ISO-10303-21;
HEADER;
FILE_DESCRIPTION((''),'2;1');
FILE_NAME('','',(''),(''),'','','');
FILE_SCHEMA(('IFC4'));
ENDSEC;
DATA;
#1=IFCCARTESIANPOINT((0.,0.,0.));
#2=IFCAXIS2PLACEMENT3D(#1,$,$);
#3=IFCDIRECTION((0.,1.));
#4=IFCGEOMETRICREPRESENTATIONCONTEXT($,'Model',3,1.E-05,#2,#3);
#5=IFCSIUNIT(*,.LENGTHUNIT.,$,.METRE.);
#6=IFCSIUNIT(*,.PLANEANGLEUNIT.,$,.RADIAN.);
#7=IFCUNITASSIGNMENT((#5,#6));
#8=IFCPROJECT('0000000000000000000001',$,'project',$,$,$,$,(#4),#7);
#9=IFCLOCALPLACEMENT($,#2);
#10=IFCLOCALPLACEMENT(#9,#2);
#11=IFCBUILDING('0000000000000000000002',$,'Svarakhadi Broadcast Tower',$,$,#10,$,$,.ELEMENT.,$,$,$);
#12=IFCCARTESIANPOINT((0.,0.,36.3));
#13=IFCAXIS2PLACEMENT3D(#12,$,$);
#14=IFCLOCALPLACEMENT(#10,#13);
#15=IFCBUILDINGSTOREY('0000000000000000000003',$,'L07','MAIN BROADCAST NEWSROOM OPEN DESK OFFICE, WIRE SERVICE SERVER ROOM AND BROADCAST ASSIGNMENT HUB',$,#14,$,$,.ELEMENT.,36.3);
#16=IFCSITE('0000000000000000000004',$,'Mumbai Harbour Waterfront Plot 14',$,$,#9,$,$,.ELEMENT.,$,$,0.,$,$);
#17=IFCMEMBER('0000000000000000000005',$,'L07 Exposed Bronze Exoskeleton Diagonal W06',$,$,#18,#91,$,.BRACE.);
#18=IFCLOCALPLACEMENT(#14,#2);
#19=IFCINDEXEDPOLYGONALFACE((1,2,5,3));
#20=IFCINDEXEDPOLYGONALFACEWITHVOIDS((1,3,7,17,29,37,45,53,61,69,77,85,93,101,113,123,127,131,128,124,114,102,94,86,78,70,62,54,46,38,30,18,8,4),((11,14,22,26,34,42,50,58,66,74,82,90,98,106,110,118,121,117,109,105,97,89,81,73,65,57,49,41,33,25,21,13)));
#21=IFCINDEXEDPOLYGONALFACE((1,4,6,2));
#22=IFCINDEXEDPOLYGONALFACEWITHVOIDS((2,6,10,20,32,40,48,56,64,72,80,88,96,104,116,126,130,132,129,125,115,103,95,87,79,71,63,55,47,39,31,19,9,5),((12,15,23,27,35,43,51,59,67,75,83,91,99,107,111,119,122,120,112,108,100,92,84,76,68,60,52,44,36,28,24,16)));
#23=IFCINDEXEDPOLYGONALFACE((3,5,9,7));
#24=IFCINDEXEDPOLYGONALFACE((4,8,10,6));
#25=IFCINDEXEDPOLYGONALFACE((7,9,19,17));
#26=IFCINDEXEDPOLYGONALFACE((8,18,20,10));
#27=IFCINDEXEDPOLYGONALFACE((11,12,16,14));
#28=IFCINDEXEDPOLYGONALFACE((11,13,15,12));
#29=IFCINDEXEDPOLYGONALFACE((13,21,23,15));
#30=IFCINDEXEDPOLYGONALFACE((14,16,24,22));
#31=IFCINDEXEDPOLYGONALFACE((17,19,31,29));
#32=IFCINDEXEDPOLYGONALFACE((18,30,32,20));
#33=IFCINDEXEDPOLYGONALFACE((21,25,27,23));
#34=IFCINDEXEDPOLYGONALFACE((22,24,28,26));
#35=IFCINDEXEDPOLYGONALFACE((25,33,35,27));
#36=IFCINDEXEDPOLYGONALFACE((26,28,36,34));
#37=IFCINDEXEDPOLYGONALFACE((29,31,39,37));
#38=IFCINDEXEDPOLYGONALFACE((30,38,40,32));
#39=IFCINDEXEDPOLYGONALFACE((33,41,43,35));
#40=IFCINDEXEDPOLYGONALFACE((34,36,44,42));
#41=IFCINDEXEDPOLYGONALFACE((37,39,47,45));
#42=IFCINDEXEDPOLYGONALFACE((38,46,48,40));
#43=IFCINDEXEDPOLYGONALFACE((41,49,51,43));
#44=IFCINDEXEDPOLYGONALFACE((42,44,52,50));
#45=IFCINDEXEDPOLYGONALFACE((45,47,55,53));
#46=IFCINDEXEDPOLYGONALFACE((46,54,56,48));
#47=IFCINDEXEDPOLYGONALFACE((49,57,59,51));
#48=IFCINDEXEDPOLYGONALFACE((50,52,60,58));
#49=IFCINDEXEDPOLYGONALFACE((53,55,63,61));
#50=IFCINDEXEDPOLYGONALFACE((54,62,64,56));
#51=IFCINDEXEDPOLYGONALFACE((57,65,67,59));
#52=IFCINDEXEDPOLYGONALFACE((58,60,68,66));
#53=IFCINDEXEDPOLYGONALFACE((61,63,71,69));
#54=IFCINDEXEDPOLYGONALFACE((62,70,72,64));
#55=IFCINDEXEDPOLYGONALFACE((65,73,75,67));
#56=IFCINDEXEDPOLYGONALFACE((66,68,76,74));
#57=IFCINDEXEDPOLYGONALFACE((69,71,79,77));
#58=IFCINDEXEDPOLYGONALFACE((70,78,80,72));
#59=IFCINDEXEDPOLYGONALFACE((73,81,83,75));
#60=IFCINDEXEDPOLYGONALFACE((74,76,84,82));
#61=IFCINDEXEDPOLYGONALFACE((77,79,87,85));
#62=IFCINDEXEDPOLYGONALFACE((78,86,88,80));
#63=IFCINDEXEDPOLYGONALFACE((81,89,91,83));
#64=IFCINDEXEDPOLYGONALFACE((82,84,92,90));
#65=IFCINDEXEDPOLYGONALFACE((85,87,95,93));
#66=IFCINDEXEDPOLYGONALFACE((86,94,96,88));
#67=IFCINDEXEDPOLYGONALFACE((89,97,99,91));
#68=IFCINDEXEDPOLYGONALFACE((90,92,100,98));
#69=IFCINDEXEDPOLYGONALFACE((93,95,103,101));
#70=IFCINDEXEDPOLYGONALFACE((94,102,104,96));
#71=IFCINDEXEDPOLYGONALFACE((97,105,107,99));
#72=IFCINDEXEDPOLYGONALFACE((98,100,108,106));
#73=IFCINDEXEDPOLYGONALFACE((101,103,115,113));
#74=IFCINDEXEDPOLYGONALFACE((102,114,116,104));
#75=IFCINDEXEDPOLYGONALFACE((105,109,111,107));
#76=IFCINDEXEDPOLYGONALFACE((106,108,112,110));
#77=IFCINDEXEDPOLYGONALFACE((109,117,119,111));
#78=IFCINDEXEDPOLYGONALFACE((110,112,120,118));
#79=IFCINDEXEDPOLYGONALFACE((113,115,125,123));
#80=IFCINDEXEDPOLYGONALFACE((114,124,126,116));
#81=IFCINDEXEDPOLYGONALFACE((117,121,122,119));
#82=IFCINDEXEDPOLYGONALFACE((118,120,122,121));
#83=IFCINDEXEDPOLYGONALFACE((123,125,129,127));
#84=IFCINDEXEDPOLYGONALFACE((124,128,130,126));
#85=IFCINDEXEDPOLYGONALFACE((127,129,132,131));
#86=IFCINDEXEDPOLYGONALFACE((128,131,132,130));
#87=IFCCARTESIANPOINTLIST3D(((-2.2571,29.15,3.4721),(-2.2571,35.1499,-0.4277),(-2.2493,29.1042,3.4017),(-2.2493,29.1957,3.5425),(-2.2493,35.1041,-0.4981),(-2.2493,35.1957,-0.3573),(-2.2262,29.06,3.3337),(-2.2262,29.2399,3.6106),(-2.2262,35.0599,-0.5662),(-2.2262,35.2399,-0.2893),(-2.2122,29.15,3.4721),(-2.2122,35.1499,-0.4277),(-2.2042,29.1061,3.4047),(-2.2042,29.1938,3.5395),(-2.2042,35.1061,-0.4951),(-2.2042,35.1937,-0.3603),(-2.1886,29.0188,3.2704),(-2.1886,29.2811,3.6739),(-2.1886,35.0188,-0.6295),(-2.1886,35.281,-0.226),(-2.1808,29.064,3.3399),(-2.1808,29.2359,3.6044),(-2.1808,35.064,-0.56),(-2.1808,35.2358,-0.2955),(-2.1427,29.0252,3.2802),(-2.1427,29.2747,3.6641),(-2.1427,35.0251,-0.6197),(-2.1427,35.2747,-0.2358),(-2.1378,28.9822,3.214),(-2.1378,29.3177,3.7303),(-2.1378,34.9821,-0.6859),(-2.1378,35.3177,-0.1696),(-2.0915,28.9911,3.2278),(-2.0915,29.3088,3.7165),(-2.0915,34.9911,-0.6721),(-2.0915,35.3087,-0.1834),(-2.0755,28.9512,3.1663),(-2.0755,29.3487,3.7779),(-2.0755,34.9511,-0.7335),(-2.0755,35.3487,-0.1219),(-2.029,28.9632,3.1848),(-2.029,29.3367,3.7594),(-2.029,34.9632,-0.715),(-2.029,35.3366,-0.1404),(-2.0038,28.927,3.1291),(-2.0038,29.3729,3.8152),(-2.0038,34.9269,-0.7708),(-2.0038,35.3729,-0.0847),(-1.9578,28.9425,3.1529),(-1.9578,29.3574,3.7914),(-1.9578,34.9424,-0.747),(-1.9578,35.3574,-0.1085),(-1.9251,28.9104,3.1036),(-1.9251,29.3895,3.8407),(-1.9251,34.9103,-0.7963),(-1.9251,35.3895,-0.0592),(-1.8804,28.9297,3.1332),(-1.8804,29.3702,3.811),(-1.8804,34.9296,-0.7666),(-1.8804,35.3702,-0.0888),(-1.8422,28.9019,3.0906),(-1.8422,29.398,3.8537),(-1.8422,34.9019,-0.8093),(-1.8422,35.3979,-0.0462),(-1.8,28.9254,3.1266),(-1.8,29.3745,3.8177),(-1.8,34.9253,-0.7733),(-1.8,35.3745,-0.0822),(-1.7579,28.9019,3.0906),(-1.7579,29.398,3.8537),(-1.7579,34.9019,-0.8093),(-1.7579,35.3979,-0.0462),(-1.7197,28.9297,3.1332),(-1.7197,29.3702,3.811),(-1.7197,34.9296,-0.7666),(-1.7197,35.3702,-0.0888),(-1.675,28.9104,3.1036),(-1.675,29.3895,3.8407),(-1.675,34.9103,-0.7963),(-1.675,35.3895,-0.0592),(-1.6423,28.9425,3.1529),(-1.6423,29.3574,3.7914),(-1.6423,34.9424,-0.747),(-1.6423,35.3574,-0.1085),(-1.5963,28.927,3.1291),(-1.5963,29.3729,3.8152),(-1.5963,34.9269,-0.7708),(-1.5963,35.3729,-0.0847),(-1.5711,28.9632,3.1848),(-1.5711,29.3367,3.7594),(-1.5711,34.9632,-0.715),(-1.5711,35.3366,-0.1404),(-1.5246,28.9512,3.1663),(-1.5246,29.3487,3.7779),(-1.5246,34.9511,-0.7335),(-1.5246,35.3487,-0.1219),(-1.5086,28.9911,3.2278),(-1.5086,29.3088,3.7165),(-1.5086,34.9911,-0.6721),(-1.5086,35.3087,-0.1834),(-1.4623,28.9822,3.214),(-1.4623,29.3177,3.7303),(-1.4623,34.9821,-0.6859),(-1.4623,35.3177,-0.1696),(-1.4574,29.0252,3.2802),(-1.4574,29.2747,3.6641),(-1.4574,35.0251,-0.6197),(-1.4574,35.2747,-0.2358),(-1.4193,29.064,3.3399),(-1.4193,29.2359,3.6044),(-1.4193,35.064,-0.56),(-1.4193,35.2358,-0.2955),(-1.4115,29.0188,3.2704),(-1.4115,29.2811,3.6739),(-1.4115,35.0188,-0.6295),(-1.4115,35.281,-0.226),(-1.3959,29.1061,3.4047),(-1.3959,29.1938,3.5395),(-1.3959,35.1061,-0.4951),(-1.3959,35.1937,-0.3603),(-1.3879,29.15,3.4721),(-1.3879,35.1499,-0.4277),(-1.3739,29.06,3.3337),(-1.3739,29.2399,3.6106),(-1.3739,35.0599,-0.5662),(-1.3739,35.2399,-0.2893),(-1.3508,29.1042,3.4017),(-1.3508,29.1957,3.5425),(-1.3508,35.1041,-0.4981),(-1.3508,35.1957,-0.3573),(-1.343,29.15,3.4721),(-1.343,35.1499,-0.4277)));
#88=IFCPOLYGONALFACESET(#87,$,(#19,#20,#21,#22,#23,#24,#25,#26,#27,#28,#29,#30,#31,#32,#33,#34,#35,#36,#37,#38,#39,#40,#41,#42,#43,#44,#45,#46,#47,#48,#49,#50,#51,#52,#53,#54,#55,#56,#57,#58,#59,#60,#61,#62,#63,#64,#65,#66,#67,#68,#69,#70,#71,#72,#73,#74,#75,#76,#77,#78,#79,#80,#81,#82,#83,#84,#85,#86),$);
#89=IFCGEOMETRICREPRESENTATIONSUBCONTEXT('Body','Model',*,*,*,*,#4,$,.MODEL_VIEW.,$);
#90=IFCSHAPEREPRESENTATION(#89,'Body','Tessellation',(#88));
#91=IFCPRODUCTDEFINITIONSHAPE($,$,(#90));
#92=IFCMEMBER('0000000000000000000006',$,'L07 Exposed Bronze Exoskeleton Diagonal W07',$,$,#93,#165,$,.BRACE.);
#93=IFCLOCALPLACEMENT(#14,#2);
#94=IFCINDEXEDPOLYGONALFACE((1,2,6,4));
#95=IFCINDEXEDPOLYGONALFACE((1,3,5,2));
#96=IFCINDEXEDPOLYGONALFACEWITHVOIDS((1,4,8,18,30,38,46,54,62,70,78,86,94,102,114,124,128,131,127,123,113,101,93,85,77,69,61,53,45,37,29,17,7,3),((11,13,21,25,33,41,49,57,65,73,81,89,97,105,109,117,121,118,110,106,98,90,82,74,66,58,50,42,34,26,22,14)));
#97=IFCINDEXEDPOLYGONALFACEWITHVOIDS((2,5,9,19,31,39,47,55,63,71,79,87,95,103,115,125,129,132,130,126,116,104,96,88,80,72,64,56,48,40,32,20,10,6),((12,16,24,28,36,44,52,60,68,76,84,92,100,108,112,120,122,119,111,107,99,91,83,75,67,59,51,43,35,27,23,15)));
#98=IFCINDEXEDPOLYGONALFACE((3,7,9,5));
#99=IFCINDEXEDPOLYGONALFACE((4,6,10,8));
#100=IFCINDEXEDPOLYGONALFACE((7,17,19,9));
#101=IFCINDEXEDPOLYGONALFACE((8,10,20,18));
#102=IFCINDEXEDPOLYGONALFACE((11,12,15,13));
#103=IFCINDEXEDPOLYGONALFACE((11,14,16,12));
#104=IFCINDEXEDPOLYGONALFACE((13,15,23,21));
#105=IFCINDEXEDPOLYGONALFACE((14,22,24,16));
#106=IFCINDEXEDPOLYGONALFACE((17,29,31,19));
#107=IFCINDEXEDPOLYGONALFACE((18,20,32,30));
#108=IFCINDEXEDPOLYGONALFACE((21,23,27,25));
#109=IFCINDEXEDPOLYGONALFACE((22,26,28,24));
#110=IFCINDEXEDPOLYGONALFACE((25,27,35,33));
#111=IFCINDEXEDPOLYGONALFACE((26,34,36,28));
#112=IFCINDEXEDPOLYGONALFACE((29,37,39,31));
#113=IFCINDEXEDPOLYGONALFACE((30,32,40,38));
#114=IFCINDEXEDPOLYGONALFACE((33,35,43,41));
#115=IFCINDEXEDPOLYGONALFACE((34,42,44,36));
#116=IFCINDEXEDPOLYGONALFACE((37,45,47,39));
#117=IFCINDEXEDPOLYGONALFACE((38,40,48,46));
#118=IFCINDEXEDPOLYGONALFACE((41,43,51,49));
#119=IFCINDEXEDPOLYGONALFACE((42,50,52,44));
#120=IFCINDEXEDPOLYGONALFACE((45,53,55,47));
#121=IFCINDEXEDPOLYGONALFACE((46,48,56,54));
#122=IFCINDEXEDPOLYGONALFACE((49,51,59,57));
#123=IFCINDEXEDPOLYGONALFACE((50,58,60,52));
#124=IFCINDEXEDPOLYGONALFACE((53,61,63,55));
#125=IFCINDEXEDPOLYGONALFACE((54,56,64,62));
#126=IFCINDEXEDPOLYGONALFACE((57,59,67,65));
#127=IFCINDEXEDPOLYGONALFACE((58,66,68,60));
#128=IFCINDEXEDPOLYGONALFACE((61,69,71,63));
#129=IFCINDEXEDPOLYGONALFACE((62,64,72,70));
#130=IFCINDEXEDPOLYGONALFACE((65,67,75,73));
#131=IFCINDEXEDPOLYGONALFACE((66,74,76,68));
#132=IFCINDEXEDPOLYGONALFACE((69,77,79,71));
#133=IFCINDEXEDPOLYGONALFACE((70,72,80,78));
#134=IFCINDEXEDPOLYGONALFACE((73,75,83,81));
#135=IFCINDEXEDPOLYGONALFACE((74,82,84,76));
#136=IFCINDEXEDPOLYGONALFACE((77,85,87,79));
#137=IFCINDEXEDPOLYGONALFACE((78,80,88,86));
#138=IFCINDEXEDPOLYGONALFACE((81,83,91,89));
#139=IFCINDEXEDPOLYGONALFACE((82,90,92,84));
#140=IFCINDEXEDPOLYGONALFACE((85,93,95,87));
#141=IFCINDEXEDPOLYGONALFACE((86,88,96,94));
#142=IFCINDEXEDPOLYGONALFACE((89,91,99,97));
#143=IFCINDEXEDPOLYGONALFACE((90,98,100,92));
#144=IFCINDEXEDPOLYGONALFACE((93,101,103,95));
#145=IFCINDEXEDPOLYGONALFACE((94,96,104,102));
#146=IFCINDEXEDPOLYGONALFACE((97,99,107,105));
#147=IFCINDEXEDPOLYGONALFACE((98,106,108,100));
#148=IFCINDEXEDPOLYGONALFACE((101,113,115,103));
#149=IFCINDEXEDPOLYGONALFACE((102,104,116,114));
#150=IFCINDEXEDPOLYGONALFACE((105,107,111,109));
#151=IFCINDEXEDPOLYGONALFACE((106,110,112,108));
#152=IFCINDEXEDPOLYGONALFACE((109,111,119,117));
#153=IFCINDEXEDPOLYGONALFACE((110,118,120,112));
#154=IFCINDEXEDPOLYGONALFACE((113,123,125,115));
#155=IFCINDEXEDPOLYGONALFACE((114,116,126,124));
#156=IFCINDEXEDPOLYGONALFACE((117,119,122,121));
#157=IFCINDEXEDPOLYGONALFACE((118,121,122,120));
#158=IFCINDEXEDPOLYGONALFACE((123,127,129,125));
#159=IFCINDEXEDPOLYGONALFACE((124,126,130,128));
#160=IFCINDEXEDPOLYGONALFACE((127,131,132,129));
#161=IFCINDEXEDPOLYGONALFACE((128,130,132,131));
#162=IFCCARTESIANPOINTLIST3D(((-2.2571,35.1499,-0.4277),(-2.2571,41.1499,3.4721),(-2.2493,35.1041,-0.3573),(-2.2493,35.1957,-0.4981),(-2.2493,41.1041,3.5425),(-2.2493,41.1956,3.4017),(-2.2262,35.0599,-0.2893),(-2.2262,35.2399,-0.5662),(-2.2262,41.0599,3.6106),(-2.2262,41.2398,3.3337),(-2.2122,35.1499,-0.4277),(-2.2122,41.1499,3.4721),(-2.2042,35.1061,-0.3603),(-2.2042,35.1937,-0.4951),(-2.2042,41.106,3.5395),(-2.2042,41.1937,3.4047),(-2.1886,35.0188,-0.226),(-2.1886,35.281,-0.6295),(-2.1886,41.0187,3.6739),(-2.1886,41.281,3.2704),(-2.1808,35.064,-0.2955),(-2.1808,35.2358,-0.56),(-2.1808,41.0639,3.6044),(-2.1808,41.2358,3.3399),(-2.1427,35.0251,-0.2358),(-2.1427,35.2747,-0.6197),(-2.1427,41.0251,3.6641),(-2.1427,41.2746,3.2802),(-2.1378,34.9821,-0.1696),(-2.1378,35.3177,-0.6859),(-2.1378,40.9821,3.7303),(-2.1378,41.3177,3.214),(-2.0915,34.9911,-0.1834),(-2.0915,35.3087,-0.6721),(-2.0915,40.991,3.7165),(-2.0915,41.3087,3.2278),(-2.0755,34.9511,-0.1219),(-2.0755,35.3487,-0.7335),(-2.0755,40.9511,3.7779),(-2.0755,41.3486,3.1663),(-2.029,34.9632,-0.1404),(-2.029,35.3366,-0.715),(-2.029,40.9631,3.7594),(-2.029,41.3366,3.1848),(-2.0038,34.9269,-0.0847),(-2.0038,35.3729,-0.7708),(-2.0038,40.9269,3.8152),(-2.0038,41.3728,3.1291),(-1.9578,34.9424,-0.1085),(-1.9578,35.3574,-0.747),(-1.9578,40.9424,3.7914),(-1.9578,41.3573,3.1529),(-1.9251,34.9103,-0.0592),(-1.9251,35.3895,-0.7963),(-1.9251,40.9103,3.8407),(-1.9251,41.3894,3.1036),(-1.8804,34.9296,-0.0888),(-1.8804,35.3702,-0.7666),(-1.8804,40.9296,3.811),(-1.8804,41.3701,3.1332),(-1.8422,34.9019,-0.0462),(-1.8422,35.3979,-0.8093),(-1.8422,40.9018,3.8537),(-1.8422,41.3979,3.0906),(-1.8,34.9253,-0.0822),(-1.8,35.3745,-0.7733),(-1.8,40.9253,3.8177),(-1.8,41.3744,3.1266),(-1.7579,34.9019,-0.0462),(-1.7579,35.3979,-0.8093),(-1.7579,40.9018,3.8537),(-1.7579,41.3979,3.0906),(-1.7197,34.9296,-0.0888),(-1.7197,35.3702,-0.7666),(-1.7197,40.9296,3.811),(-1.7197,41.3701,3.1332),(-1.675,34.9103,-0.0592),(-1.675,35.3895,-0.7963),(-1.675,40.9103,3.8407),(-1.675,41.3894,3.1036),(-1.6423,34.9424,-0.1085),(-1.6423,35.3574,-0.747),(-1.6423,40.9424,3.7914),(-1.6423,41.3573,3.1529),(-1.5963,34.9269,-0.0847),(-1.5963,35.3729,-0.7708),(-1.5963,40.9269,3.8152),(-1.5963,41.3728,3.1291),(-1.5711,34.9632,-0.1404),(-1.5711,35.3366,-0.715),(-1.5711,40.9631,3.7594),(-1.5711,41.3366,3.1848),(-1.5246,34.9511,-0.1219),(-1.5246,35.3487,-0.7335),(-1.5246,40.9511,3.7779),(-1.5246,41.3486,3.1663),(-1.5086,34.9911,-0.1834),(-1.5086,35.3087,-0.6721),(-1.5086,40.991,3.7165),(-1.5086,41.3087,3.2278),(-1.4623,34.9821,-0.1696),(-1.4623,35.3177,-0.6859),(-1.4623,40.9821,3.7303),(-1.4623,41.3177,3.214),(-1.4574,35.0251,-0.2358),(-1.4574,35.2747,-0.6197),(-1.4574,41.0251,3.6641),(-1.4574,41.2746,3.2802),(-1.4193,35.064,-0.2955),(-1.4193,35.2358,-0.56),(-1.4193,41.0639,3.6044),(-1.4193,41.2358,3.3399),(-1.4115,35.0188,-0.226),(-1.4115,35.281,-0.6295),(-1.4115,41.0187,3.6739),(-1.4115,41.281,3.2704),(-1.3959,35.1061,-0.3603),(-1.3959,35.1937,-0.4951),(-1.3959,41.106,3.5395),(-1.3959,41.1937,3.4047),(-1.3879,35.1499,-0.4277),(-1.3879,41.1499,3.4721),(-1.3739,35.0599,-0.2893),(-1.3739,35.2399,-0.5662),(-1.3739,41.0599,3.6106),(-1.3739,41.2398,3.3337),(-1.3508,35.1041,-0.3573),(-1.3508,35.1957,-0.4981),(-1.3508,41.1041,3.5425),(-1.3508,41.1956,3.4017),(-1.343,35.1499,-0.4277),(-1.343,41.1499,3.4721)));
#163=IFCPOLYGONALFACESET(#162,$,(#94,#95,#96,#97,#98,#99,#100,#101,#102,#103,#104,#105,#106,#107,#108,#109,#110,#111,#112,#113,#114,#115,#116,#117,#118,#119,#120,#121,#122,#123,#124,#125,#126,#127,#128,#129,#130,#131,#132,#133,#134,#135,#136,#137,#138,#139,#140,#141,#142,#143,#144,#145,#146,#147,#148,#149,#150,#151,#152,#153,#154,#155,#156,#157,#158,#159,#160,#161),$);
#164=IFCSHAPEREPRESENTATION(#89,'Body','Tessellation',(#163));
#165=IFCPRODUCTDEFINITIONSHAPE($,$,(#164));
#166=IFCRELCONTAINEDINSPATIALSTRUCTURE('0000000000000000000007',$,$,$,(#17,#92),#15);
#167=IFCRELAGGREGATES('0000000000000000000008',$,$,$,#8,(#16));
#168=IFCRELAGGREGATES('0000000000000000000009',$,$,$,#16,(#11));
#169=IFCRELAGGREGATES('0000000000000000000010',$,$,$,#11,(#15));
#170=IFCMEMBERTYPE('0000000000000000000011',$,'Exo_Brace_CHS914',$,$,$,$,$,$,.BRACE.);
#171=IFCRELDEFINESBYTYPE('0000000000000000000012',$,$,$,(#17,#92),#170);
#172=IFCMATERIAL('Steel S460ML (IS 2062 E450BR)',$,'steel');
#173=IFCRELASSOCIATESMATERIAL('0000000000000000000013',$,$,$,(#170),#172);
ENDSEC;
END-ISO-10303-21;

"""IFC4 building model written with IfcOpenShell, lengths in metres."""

from ifc_helpers import new_model, si_unit, direction, frame, origin, origin_2d, place, context, subcontext, project, spatial, hollow_circle, extrude, material, material_profile, profile_set, type_object, element, save


model = new_model("IFC4")

# Units and contexts
model_context = context("Model", 3, precision=1e-05, world=origin(), true_north=direction((0.0, 1.0)))
body_context = subcontext(model_context, "Body", "Model", "MODEL_VIEW")
ifc_project = project(units=[si_unit("LENGTHUNIT", "METRE"), si_unit("PLANEANGLEUNIT", "RADIAN")], contexts=[model_context])

# Site, building, storey
site_placement = place(None, origin())
site = spatial("IfcSite", under=ifc_project, at=site_placement, Name="Mumbai Harbour Waterfront Plot 14", CompositionType="ELEMENT", RefElevation=0.0)
building_placement = place(site_placement, origin())
building = spatial("IfcBuilding", under=site, at=building_placement, Name="Svarakhadi Broadcast Tower", CompositionType="ELEMENT")
storey_placement = place(building_placement, frame((0.0, 0.0, 36.3)))
storey = spatial("IfcBuildingStorey", under=building, at=storey_placement, Name="L07", Description="MAIN BROADCAST NEWSROOM OPEN DESK OFFICE, WIRE SERVICE SERVER ROOM AND BROADCAST ASSIGNMENT HUB", CompositionType="ELEMENT", Elevation=36.3)

# Shared definitions
ifc_material_1 = material(Name="Steel S460ML (IS 2062 E450BR)", Category="steel")

# Members
ifc_material_profile_1 = material_profile(ifc_material_1, hollow_circle(Radius=0.457, WallThickness=0.0449, at=origin_2d()), Name="CHS 914x45")
ifc_profile_set_1 = profile_set([ifc_material_profile_1], Name="Steel S460ML (IS 2062 E450BR)")
member_type_1 = type_object("IfcMemberType", Name="Exo_Brace_CHS914", PredefinedType="BRACE", material=ifc_profile_set_1)
for number, where, z_axis, x_axis, name in (
    (1, (-1.8, 35.1499, -0.4277), (0.0, -0.83845, 0.544979), (1.0, 0.0, 0.0), "L07 Exposed Bronze Exoskeleton Diagonal W06"),
    (2, (-1.8, 35.1499, -0.4277), (0.0, 0.83845, 0.544979), (-1.0, 0.0, 0.0), "L07 Exposed Bronze Exoskeleton Diagonal W07"),
):
    element("IfcMember", number, at=place(storey_placement, frame(where, z_axis=z_axis, x_axis=x_axis)), inside=storey, type_object=member_type_1, Name=name, PredefinedType="BRACE", context=body_context, shape_type="SweptSolid", body=[
        extrude(hollow_circle(Radius=0.457, WallThickness=0.0449, at=origin_2d()), origin(), (0.0, 0.0, 1.0), 7.156),
    ])

save(model, "model.ifc")
